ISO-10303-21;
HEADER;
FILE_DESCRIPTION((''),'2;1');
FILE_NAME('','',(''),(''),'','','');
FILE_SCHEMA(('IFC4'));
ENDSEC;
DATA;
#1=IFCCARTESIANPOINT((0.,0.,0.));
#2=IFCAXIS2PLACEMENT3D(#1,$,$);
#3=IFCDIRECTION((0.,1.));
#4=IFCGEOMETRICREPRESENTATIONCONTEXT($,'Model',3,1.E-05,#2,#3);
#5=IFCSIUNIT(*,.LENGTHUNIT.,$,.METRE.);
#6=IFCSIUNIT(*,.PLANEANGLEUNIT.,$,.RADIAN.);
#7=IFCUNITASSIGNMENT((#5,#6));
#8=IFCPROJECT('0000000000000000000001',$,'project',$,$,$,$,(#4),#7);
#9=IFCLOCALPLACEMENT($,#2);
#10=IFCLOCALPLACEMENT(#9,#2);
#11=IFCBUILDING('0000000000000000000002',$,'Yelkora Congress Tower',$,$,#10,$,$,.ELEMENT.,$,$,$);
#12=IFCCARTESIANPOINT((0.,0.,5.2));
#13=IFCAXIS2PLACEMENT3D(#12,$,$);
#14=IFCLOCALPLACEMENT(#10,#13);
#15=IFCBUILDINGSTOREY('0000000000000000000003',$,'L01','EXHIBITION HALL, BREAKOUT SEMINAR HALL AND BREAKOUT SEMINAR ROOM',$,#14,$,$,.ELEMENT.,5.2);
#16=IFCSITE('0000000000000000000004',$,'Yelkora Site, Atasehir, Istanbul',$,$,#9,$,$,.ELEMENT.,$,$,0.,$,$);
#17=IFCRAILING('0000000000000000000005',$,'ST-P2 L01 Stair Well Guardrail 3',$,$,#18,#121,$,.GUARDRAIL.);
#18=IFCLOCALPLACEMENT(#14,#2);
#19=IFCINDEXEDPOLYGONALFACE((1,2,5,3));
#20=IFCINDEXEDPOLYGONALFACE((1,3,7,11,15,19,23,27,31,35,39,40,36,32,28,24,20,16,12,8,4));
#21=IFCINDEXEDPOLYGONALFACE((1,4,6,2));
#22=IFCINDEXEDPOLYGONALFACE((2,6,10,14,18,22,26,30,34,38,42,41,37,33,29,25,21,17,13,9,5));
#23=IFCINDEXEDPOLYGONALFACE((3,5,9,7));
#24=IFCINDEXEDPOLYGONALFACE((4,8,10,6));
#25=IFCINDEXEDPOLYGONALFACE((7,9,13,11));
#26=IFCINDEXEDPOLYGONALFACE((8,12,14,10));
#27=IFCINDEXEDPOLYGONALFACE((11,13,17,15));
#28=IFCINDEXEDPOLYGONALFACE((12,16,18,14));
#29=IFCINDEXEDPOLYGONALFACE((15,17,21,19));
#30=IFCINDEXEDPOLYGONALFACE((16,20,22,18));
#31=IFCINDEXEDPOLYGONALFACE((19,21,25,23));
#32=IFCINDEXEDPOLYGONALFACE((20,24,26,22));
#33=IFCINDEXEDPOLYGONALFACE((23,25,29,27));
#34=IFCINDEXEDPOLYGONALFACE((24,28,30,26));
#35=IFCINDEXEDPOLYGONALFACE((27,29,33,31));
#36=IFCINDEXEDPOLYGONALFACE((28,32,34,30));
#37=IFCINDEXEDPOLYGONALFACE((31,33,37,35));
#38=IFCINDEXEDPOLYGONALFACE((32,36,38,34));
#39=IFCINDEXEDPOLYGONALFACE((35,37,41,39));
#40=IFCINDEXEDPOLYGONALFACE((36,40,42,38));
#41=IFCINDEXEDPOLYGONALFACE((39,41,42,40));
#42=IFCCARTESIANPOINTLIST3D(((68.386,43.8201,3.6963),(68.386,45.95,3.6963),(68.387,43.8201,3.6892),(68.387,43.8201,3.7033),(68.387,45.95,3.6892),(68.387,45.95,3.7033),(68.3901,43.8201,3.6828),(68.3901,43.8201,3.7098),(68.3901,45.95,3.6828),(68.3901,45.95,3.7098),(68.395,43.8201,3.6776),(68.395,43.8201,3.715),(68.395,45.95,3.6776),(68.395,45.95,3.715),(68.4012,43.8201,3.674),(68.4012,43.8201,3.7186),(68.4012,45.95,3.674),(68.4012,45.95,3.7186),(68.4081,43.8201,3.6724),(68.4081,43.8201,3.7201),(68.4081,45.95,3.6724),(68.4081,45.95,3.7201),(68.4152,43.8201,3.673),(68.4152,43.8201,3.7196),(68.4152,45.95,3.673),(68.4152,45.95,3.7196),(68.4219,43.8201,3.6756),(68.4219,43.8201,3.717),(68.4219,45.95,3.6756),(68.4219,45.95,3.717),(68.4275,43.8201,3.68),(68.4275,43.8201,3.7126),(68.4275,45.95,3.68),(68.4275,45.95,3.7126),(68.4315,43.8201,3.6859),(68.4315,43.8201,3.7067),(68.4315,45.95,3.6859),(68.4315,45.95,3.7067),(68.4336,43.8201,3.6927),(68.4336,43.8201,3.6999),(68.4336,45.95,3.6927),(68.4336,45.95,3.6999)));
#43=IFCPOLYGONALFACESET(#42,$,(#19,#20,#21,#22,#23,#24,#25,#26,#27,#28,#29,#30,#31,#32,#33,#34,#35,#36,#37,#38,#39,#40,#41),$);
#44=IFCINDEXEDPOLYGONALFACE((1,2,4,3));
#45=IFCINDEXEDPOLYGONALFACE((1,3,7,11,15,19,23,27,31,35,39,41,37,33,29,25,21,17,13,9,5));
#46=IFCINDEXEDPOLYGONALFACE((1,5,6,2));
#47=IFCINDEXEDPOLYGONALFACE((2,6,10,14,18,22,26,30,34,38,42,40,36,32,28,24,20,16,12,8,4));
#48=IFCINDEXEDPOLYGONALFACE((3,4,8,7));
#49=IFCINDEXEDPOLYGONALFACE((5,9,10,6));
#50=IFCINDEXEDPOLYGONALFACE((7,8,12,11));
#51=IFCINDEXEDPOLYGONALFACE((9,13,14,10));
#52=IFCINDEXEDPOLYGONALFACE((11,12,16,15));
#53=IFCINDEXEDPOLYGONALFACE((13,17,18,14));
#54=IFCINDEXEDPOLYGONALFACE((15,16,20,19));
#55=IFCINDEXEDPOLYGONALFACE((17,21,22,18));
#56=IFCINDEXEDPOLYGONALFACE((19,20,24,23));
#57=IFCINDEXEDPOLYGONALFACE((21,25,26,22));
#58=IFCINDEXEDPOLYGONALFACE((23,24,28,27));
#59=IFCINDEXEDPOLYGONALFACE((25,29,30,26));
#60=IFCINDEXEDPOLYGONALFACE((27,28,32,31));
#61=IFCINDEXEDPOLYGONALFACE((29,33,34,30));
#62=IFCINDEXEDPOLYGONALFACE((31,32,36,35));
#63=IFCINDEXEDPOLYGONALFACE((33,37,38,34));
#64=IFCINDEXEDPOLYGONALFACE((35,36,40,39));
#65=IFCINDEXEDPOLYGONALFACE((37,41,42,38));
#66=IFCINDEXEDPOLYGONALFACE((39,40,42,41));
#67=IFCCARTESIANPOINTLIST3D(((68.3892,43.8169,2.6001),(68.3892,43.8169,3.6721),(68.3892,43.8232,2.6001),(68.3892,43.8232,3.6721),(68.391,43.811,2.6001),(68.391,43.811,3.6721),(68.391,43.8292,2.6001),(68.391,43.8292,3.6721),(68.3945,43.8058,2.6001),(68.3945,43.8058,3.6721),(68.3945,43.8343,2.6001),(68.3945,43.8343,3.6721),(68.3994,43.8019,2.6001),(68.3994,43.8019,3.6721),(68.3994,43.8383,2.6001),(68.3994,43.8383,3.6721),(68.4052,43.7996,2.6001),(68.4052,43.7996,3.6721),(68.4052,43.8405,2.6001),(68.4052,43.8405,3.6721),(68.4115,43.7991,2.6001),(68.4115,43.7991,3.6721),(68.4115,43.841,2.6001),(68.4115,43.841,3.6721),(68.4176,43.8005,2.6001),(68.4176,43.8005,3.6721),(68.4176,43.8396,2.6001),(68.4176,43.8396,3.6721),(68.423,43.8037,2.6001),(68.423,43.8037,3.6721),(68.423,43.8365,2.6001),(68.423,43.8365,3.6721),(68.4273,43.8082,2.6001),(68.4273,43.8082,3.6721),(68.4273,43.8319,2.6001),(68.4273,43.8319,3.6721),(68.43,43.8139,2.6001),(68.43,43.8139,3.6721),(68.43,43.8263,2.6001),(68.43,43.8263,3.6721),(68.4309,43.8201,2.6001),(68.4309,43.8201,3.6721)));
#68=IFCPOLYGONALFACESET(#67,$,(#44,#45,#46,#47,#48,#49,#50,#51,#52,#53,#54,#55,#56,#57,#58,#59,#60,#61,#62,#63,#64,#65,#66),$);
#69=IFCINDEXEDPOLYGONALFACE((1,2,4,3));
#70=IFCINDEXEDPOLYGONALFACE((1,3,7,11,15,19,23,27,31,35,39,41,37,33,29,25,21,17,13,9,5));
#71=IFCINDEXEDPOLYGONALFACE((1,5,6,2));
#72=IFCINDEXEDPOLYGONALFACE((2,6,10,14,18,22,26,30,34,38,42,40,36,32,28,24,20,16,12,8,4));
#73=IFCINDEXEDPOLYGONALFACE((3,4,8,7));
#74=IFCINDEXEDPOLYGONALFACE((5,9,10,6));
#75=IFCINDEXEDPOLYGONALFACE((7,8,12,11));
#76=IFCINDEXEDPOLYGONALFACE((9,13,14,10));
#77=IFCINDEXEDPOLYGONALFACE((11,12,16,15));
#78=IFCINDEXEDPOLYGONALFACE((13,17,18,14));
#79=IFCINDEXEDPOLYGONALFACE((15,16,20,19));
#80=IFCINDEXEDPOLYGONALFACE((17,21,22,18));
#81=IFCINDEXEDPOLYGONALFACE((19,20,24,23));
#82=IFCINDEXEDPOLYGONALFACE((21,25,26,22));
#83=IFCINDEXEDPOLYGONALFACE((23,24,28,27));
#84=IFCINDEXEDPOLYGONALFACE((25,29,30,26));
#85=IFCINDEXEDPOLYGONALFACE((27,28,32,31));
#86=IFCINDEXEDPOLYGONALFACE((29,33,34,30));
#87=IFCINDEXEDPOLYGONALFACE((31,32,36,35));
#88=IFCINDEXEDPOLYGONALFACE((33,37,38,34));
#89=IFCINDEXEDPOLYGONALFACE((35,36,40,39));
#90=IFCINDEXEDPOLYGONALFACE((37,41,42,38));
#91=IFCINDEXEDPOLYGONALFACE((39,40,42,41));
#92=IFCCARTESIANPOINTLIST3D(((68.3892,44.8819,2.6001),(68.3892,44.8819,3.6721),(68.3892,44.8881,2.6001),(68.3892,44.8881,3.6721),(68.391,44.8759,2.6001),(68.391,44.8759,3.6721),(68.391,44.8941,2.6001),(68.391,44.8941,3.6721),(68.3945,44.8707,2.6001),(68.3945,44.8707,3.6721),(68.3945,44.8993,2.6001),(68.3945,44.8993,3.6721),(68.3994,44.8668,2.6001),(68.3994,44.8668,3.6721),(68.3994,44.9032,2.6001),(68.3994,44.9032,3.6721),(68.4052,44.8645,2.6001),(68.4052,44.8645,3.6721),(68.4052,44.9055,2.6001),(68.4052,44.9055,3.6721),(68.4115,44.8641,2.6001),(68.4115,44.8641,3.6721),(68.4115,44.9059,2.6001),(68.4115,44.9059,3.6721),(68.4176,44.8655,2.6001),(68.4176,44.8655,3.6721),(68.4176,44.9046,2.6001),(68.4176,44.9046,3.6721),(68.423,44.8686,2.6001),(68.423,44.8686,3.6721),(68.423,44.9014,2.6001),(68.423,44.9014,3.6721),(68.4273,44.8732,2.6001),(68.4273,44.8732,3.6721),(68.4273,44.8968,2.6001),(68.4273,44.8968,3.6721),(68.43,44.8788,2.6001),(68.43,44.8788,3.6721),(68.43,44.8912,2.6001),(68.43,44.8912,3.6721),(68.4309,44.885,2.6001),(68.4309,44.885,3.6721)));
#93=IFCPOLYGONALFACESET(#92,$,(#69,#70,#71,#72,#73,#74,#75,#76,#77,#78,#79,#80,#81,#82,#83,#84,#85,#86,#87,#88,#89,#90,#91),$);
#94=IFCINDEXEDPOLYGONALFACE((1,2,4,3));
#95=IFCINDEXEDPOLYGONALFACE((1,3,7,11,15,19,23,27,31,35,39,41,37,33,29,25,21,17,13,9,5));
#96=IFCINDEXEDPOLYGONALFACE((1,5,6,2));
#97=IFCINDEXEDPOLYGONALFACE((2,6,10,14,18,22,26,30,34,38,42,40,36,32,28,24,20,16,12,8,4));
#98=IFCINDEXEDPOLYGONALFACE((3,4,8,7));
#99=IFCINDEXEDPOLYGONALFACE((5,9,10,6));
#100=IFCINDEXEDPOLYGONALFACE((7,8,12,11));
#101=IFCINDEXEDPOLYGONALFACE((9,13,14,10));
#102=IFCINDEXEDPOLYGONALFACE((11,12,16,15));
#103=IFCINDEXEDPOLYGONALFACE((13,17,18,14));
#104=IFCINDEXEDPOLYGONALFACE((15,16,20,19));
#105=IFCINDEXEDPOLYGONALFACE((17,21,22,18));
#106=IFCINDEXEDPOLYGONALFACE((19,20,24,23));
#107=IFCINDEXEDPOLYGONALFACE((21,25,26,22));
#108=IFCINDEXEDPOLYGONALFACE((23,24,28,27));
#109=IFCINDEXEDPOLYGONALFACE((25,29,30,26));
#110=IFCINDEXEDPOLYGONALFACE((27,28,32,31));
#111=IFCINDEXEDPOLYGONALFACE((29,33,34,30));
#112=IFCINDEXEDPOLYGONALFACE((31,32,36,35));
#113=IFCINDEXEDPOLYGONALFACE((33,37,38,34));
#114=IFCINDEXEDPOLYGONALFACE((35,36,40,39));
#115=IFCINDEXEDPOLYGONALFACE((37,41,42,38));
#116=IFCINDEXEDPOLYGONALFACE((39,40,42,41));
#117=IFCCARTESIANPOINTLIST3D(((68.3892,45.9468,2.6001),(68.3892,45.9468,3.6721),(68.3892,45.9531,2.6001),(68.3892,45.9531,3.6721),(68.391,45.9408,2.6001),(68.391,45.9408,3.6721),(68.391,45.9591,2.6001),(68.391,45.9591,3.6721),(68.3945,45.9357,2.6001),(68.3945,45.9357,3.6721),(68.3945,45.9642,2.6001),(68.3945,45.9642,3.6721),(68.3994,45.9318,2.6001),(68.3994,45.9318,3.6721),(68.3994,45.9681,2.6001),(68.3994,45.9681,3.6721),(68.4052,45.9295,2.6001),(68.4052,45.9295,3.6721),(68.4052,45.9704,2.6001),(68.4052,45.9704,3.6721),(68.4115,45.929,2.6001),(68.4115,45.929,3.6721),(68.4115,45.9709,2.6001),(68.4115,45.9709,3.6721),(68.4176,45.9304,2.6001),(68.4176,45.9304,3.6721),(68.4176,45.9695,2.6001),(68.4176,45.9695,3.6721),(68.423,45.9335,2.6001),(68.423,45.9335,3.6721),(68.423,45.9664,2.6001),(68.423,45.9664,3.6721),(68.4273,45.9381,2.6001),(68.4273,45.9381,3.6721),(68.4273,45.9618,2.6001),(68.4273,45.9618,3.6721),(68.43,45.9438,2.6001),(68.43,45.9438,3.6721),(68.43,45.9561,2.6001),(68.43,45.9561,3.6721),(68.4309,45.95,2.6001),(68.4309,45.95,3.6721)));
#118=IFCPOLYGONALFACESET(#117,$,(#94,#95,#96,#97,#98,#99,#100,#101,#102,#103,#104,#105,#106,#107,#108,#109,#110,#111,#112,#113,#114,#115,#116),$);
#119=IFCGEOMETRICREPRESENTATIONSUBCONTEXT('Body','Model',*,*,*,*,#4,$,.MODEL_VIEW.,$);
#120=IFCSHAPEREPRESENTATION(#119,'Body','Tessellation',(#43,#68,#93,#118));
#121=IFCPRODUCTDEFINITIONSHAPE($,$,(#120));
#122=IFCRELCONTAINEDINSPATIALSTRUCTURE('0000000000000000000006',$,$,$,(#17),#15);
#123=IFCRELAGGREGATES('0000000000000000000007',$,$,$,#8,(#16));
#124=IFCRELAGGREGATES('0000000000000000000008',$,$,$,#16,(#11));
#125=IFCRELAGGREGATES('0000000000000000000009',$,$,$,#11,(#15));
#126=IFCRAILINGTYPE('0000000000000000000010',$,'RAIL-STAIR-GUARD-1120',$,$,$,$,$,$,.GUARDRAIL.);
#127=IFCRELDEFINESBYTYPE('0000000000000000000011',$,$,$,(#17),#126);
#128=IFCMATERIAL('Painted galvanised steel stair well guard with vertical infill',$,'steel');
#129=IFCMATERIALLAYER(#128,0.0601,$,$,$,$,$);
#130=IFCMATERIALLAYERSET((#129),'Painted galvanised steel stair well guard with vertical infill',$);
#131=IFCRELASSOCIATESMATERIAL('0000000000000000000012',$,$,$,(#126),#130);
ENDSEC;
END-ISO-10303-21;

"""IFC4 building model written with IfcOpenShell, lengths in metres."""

from ifc_helpers import new_model, si_unit, direction, frame, origin, origin_2d, place, context, subcontext, project, spatial, circle, extrude, material, layer, layer_set, type_object, element, save


model = new_model("IFC4")

# Units and contexts
model_context = context("Model", 3, precision=1e-05, world=origin(), true_north=direction((0.0, 1.0)))
body_context = subcontext(model_context, "Body", "Model", "MODEL_VIEW")
ifc_project = project(units=[si_unit("LENGTHUNIT", "METRE"), si_unit("PLANEANGLEUNIT", "RADIAN")], contexts=[model_context])

# Site, building, storey
site_placement = place(None, origin())
site = spatial("IfcSite", under=ifc_project, at=site_placement, Name="Yelkora Site, Atasehir, Istanbul", CompositionType="ELEMENT", RefElevation=0.0)
building_placement = place(site_placement, origin())
building = spatial("IfcBuilding", under=site, at=building_placement, Name="Yelkora Congress Tower", CompositionType="ELEMENT")
storey_placement = place(building_placement, frame((0.0, 0.0, 5.2)))
storey = spatial("IfcBuildingStorey", under=building, at=storey_placement, Name="L01", Description="EXHIBITION HALL, BREAKOUT SEMINAR HALL AND BREAKOUT SEMINAR ROOM", CompositionType="ELEMENT", Elevation=5.2)

# Railing
ifc_material_1 = material(Name="Painted galvanised steel stair well guard with vertical infill", Category="steel")
ifc_layer_1 = layer(ifc_material_1, 0.0601)
ifc_layer_set_1 = layer_set([ifc_layer_1], Name="Painted galvanised steel stair well guard with vertical infill")
railing_type_1 = type_object("IfcRailingType", Name="RAIL-STAIR-GUARD-1120", PredefinedType="GUARDRAIL", material=ifc_layer_set_1)
for number, where, name in (
    (1, (68.4099, 43.8201, 2.6001), "ST-P2 L01 Stair Well Guardrail 3"),
):
    element("IfcRailing", number, at=place(storey_placement, frame(where)), inside=storey, type_object=railing_type_1, Name=name, PredefinedType="GUARDRAIL", context=body_context, shape_type="SweptSolid", body=[
        extrude(circle(Radius=0.0239, at=origin_2d()), frame((0.0, 0.0, 1.0962), z_axis=(0.0, 1.0, 0.0), x_axis=(-1.0, 0.0, 0.0)), (0.0, 0.0, 1.0), 2.1299),
        extrude(circle(Radius=0.021, at=origin_2d()), origin(), (0.0, 0.0, 1.0), 1.072),
        extrude(circle(Radius=0.021, at=origin_2d()), frame((0.0, 1.0649, 0.0)), (0.0, 0.0, 1.0), 1.072),
        extrude(circle(Radius=0.021, at=origin_2d()), frame((0.0, 2.1299, 0.0)), (0.0, 0.0, 1.0), 1.072),
    ])

save(model, "model.ifc")
